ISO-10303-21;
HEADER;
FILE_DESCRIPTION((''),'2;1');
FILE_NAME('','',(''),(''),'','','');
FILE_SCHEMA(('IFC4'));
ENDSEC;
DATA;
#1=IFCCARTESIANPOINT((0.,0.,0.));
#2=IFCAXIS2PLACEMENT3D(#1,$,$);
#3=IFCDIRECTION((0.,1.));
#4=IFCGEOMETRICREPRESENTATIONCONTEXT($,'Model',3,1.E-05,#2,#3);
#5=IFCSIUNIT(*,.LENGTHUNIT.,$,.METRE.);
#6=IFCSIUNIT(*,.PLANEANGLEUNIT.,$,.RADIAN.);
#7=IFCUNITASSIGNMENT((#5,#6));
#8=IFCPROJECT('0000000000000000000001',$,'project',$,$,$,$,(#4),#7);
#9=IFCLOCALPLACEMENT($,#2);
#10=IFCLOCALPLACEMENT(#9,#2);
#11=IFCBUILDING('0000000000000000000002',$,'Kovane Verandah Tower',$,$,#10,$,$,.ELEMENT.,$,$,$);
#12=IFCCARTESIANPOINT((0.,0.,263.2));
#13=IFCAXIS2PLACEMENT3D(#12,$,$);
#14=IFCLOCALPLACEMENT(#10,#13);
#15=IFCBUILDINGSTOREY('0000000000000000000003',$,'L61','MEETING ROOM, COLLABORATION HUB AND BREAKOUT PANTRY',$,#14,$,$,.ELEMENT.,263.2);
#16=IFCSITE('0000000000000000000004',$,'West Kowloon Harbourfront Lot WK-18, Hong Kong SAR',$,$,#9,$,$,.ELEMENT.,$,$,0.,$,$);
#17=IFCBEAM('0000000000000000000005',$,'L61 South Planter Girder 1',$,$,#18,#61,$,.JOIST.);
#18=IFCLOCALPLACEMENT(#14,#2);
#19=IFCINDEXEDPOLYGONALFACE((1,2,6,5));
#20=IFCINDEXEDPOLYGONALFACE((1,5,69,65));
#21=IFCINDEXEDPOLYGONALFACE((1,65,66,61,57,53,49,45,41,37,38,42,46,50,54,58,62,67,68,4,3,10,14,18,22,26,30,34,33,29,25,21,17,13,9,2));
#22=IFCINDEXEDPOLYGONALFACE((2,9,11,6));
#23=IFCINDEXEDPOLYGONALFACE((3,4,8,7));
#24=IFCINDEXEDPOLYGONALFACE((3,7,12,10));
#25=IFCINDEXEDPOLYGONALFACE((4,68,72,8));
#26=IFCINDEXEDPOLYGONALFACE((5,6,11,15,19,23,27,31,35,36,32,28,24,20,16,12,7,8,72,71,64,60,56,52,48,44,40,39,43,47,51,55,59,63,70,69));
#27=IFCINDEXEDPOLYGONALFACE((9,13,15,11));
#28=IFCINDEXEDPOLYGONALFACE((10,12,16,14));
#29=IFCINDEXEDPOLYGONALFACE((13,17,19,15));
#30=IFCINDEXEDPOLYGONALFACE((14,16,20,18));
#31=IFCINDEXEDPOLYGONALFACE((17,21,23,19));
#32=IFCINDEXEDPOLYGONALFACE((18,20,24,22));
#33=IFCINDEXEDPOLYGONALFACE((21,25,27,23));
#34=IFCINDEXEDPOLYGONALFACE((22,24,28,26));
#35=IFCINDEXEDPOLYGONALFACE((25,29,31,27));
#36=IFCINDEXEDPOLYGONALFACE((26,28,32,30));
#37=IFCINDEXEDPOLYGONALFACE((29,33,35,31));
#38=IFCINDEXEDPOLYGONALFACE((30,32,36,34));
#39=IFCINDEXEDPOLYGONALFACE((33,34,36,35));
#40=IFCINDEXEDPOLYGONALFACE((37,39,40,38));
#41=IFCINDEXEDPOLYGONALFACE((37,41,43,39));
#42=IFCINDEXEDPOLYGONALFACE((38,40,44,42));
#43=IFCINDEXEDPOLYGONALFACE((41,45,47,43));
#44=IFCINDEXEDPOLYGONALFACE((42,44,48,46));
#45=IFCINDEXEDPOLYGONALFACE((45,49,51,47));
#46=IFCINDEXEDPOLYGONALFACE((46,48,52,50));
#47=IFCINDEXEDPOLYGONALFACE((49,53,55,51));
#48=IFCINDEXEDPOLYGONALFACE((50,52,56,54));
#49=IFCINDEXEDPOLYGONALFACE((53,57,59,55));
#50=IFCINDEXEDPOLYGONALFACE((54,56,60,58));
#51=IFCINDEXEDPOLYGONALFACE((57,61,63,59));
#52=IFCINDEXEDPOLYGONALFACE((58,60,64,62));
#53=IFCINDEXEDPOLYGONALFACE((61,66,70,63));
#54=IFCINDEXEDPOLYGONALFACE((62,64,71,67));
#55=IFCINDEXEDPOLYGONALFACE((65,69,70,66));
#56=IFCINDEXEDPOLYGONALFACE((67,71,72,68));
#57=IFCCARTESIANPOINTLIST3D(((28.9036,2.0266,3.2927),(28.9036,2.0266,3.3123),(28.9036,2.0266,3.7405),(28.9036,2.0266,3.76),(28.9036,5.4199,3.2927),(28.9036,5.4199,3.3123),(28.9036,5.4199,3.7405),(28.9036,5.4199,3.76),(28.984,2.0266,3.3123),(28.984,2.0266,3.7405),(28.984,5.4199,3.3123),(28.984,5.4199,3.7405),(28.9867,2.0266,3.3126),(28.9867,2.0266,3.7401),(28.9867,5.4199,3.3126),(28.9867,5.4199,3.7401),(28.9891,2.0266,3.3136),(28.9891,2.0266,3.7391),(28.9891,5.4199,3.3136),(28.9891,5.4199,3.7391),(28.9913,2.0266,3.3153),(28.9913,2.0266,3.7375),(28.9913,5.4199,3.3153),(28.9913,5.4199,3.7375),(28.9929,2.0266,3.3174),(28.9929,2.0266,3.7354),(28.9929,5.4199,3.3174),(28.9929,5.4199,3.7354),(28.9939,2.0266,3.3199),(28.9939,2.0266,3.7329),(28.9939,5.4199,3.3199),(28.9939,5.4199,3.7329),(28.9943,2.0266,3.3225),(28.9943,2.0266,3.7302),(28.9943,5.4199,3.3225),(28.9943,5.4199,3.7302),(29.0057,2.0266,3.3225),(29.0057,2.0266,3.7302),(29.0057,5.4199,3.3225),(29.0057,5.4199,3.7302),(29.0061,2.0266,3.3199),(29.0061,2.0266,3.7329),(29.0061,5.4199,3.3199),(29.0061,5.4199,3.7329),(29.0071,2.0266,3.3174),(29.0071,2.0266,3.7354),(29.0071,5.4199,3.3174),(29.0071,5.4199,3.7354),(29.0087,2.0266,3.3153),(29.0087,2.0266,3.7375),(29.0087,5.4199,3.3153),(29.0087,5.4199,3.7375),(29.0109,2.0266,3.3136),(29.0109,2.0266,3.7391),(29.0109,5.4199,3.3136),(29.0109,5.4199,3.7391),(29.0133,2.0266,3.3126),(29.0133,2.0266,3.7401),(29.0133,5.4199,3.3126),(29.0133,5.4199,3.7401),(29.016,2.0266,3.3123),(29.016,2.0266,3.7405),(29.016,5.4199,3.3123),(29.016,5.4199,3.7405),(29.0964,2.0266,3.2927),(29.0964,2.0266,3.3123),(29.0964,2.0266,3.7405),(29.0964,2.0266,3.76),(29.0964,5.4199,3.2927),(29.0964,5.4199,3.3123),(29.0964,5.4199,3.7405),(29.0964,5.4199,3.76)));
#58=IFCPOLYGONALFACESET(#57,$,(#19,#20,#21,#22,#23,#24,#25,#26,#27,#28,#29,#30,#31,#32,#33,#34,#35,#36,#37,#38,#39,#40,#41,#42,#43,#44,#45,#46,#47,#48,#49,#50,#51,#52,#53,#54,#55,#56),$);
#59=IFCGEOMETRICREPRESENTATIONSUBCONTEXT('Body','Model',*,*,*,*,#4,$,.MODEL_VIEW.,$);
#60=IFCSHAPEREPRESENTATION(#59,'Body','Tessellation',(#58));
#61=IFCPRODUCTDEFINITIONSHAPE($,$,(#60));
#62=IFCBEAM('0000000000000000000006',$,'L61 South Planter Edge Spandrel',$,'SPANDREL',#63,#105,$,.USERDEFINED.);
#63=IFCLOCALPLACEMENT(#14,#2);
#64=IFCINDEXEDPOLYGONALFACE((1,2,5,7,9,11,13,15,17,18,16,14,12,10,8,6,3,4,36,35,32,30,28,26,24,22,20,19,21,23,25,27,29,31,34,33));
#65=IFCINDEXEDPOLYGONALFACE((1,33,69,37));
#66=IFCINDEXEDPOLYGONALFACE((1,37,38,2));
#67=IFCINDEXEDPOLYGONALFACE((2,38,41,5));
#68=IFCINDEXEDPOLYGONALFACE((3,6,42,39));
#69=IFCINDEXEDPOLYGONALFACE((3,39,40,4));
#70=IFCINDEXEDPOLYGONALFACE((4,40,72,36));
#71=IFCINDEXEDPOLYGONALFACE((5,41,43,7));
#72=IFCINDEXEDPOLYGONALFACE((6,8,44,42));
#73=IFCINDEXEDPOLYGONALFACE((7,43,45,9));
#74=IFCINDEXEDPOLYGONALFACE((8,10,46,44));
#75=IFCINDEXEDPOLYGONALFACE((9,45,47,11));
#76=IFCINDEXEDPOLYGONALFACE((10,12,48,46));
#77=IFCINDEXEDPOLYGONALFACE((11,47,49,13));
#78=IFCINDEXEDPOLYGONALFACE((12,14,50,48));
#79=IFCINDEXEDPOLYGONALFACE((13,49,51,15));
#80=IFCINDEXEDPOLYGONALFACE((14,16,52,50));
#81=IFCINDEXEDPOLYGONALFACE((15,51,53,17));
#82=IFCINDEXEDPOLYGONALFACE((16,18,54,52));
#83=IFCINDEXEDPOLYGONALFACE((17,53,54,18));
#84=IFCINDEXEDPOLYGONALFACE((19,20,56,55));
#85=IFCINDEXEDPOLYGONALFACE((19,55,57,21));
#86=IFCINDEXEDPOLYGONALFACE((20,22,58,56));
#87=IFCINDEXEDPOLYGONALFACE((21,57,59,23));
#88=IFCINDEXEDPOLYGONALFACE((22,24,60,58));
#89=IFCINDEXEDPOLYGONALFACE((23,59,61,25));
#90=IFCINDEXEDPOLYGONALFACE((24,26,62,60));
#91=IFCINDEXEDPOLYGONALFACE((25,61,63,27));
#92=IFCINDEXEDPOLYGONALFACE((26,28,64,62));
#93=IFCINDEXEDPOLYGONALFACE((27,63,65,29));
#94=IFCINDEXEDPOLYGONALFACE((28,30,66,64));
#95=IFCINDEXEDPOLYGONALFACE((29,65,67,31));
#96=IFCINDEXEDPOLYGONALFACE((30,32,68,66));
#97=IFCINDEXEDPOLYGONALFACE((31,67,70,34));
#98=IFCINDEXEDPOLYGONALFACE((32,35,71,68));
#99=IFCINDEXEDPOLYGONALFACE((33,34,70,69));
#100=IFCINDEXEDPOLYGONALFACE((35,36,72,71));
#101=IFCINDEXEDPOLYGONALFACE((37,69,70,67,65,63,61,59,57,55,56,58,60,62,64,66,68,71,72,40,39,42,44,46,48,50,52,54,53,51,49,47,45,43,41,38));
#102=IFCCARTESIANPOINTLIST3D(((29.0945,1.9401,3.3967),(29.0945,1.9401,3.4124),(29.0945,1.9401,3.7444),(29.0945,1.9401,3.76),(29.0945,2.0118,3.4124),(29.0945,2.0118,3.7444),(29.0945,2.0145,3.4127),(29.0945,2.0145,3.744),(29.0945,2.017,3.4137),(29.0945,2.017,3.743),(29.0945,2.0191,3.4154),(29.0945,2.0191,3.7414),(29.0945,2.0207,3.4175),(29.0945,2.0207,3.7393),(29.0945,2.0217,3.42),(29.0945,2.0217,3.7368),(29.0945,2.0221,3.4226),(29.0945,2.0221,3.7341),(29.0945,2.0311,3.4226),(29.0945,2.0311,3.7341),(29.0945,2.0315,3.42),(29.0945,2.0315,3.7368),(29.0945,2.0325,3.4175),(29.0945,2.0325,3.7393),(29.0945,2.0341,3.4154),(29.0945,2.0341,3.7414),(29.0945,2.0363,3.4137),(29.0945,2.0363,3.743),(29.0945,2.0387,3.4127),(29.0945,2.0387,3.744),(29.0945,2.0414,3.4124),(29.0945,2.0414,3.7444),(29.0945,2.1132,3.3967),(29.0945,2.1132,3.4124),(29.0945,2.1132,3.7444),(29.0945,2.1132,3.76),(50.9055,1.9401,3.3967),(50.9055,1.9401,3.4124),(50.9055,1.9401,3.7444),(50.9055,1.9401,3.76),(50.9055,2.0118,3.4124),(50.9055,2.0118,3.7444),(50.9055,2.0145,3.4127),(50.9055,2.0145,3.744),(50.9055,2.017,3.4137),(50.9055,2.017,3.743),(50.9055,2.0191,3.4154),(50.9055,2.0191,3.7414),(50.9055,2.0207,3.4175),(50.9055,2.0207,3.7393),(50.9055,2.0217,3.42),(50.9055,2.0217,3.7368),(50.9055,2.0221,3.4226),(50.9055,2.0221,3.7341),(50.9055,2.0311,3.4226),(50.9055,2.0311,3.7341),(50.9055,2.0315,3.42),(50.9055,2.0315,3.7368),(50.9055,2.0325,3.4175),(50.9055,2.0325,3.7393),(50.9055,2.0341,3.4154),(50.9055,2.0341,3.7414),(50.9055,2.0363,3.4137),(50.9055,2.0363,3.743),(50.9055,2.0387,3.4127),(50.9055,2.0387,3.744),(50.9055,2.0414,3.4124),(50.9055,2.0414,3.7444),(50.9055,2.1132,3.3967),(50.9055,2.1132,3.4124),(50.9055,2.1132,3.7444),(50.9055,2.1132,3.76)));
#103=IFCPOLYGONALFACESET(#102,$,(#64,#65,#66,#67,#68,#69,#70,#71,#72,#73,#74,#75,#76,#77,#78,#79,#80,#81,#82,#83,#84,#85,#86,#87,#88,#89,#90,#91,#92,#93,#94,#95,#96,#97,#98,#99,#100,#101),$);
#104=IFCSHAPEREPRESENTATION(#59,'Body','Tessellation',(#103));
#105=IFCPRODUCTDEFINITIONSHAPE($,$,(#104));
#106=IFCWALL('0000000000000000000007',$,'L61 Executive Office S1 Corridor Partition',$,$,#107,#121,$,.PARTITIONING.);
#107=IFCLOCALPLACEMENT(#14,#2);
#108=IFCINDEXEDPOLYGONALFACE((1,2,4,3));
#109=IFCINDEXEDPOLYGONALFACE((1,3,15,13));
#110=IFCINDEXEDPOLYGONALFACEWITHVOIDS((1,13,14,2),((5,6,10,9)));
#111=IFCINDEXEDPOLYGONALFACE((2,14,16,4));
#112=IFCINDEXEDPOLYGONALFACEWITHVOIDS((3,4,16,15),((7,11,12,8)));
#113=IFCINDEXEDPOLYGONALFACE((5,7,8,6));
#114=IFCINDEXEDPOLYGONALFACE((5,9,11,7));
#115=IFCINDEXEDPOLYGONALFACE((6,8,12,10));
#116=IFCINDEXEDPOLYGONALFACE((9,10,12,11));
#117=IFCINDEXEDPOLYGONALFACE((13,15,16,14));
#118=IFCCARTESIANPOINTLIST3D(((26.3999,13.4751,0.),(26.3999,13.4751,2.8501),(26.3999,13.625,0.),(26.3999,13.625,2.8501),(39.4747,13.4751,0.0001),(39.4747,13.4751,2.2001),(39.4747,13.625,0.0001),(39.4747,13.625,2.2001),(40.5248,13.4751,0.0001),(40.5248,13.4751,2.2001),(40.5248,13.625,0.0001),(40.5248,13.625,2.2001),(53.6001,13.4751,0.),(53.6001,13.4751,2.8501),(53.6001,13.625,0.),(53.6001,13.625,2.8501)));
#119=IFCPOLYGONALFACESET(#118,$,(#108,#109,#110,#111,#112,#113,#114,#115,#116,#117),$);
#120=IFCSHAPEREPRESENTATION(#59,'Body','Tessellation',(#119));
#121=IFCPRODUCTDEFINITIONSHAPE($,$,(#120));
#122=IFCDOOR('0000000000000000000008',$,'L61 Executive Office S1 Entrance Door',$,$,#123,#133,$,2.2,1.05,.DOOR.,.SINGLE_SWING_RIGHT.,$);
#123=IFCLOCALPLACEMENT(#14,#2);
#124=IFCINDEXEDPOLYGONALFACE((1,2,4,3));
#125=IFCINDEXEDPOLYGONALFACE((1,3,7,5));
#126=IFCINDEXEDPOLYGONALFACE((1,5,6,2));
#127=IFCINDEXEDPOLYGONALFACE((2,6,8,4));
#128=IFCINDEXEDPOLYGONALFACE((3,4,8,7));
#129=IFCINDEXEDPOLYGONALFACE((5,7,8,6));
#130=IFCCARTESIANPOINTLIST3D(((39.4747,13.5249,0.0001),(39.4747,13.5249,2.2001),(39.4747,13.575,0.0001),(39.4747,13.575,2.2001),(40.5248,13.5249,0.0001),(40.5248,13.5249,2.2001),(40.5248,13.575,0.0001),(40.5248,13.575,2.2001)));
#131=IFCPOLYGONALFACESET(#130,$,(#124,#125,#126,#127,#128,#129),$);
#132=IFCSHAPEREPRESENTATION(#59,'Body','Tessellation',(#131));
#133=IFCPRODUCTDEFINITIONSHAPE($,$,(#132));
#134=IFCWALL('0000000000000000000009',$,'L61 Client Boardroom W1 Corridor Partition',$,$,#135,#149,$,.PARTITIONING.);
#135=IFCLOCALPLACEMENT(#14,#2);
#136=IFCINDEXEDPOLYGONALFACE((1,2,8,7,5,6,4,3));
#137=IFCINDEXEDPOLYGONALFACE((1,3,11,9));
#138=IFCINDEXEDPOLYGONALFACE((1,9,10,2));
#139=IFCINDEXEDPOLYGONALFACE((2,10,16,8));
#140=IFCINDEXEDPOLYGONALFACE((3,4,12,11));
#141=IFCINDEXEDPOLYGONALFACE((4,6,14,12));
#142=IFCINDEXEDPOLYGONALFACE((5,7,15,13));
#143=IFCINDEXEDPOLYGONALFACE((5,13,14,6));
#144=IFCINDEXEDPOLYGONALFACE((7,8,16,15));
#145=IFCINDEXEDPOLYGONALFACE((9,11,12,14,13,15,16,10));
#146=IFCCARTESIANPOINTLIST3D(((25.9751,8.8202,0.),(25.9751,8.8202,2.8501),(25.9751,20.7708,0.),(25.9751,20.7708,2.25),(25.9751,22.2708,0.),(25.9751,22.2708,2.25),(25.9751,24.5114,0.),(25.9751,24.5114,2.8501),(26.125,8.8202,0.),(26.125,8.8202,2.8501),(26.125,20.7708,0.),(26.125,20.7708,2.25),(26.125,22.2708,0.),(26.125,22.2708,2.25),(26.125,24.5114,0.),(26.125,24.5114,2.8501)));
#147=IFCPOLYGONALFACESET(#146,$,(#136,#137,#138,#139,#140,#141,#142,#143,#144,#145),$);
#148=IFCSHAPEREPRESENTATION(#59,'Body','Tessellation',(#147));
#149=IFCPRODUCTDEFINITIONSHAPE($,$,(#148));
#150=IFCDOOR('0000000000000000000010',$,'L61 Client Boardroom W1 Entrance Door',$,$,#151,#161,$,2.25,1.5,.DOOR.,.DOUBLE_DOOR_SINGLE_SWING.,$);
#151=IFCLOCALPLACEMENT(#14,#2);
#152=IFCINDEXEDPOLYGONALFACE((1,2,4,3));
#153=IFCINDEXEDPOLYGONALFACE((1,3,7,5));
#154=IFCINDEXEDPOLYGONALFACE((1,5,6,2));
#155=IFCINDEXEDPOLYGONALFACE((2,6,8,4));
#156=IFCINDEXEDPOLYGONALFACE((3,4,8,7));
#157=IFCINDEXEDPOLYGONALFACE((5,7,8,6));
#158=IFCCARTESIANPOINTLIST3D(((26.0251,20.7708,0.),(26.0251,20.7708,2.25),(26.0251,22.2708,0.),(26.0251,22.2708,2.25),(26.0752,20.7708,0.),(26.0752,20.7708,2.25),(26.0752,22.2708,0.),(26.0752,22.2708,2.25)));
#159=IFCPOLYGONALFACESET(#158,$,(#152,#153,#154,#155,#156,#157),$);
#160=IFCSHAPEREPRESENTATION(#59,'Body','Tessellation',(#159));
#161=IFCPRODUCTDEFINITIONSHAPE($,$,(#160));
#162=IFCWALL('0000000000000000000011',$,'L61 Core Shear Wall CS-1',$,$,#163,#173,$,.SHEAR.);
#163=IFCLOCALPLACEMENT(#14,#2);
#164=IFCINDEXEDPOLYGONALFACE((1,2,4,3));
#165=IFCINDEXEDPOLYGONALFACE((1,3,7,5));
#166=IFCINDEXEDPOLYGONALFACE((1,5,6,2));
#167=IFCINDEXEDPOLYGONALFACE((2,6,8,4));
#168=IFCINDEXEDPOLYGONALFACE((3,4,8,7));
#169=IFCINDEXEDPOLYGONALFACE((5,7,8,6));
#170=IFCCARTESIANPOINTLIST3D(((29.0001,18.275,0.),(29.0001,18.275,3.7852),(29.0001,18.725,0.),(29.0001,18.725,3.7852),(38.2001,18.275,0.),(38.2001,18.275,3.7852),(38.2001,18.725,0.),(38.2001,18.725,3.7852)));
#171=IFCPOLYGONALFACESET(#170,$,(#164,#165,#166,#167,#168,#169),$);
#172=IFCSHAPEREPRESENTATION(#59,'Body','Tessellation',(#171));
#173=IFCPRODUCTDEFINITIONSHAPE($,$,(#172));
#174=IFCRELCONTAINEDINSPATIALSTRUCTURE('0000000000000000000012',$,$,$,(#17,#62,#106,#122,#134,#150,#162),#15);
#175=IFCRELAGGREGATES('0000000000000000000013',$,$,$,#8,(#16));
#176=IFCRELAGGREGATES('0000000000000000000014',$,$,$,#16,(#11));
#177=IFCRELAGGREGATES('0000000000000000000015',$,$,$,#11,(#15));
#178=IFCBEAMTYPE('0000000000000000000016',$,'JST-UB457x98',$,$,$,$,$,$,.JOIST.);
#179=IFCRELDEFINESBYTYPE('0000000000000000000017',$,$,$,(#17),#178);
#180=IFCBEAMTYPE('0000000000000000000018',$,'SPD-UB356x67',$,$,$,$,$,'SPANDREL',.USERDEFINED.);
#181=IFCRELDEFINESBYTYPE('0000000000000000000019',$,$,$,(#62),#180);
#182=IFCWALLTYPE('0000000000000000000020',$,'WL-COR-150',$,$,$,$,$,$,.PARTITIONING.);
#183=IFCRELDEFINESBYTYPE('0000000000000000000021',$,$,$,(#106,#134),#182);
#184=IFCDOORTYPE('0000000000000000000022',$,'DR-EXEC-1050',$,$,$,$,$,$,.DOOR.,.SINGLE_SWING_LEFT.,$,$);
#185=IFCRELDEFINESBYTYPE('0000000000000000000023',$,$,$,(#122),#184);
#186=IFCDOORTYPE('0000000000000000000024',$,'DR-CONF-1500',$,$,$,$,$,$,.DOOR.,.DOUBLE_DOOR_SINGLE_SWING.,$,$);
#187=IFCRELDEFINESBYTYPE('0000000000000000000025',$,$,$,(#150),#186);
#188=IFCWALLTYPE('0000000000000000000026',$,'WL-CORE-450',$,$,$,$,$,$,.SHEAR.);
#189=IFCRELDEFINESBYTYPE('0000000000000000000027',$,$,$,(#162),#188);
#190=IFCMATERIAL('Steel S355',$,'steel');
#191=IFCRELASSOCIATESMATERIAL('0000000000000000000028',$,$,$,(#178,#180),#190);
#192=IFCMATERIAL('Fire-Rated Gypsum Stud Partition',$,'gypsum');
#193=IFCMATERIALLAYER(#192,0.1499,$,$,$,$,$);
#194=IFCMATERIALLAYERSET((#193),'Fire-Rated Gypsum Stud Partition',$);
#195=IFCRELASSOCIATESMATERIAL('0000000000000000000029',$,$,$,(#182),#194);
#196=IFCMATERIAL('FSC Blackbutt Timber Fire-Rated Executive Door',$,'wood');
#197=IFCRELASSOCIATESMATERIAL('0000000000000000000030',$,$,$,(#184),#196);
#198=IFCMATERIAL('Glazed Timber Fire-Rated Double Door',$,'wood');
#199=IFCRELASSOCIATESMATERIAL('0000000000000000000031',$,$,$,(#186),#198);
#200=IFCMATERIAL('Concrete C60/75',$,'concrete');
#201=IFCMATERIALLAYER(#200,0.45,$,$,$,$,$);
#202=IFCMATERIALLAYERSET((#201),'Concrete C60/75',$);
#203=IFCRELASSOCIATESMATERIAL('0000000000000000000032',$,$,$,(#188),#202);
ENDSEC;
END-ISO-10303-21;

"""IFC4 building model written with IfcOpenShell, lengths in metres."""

from ifc_helpers import new_model, si_unit, direction, frame, frame_2d, origin, origin_2d, place, context, subcontext, project, spatial, rectangle, i_section, extrude, material, layer, layer_set, material_profile, profile_set, type_object, element, fill, save


model = new_model("IFC4")

# Units and contexts
model_context = context("Model", 3, precision=1e-05, world=origin(), true_north=direction((0.0, 1.0)))
body_context = subcontext(model_context, "Body", "Model", "MODEL_VIEW")
ifc_project = project(units=[si_unit("LENGTHUNIT", "METRE"), si_unit("PLANEANGLEUNIT", "RADIAN")], contexts=[model_context])

# Site, building, storey
site_placement = place(None, origin())
site = spatial("IfcSite", under=ifc_project, at=site_placement, Name="West Kowloon Harbourfront Lot WK-18, Hong Kong SAR", CompositionType="ELEMENT", RefElevation=0.0)
building_placement = place(site_placement, origin())
building = spatial("IfcBuilding", under=site, at=building_placement, Name="Kovane Verandah Tower", CompositionType="ELEMENT")
storey_placement = place(building_placement, frame((0.0, 0.0, 263.2)))
storey = spatial("IfcBuildingStorey", under=building, at=storey_placement, Name="L61", Description="MEETING ROOM, COLLABORATION HUB AND BREAKOUT PANTRY", CompositionType="ELEMENT", Elevation=263.2)

# Shared definitions
ifc_material_1 = material(Name="Concrete C60/75", Category="concrete")

# Beams
ifc_material_2 = material(Name="Steel S355", Category="steel")
ifc_material_profile_1 = material_profile(ifc_material_2, i_section(OverallWidth=0.1929, OverallDepth=0.4673, WebThickness=0.0115, FlangeThickness=0.0195, FilletRadius=0.0103, at=origin_2d()), Name="UB457x191x98")
ifc_profile_set_1 = profile_set([ifc_material_profile_1], Name="Steel S355")
beam_type_1 = type_object("IfcBeamType", Name="JST-UB457x98", PredefinedType="JOIST", material=ifc_profile_set_1)
beam_1_placement = place(storey_placement, frame((29.0, 5.4199, 3.5264), z_axis=(0.0, -1.0, 0.0), x_axis=(1.0, 0.0, 0.0)))
element("IfcBeam", 1, at=beam_1_placement, inside=storey, type_object=beam_type_1, Name="L61 South Planter Girder 1", PredefinedType="JOIST", context=body_context, shape_type="SweptSolid", body=[
    extrude(i_section(OverallWidth=0.1929, OverallDepth=0.4673, WebThickness=0.0115, FlangeThickness=0.0195, FilletRadius=0.0103, at=origin_2d()), origin(), (0.0, 0.0, 1.0), 3.3933),
])
ifc_material_profile_2 = material_profile(ifc_material_2, i_section(OverallWidth=0.1731, OverallDepth=0.3633, WebThickness=0.009, FlangeThickness=0.0156, FilletRadius=0.0103, at=origin_2d()), Name="UB356x171x67")
ifc_profile_set_2 = profile_set([ifc_material_profile_2], Name="Steel S355")
beam_type_2 = type_object("IfcBeamType", Name="SPD-UB356x67", ElementType="SPANDREL", PredefinedType="USERDEFINED", material=ifc_profile_set_2)
beam_2_placement = place(storey_placement, frame((29.0945, 2.0266, 3.5784), z_axis=(1.0, 0.0, 0.0), x_axis=(0.0, 1.0, 0.0)))
element("IfcBeam", 2, at=beam_2_placement, inside=storey, type_object=beam_type_2, Name="L61 South Planter Edge Spandrel", ObjectType="SPANDREL", PredefinedType="USERDEFINED", context=body_context, shape_type="SweptSolid", body=[
    extrude(i_section(OverallWidth=0.1731, OverallDepth=0.3633, WebThickness=0.009, FlangeThickness=0.0156, FilletRadius=0.0103, at=origin_2d()), origin(), (0.0, 0.0, 1.0), 21.811),
])

# Walls, openings, doors
ifc_material_3 = material(Name="Fire-Rated Gypsum Stud Partition", Category="gypsum")
ifc_layer_1 = layer(ifc_material_3, 0.1499)
ifc_layer_set_1 = layer_set([ifc_layer_1], Name="Fire-Rated Gypsum Stud Partition")
wall_type_1 = type_object("IfcWallType", Name="WL-COR-150", PredefinedType="PARTITIONING", material=ifc_layer_set_1)
wall_1_placement = place(storey_placement, frame((26.3999, 13.55, 0.0), z_axis=(0.0, 0.0, 1.0), x_axis=(1.0, 0.0, 0.0)))
wall_1 = element("IfcWall", 3, at=wall_1_placement, inside=storey, type_object=wall_type_1, Name="L61 Executive Office S1 Corridor Partition", PredefinedType="PARTITIONING", context=body_context, shape_type="SweptSolid", body=[
    extrude(rectangle(XDim=27.2002, YDim=0.1499, at=frame_2d((13.6001, 0.0))), origin(), (0.0, 0.0, 1.0), 2.8501),
])
opening_1_placement = place(wall_1_placement, frame((13.075, 0.0, 0.0)))
opening_1 = element("IfcOpeningElement", 4, at=opening_1_placement, cuts=wall_1, PredefinedType="OPENING", context=body_context, shape_type="SweptSolid", body=[
    extrude(rectangle(XDim=1.05, YDim=2.2, at=frame_2d((0.5249, 1.1001))), frame((0.0, 0.075, 0.0), z_axis=(0.0, -1.0, 0.0), x_axis=(1.0, 0.0, 0.0)), (0.0, 0.0, 1.0), 0.1499),
])
ifc_material_4 = material(Name="FSC Blackbutt Timber Fire-Rated Executive Door", Category="wood")
door_type_1 = type_object("IfcDoorType", Name="DR-EXEC-1050", OperationType="SINGLE_SWING_LEFT", PredefinedType="DOOR", material=ifc_material_4)
door_1_placement = place(opening_1_placement, origin())
door_1 = element("IfcDoor", 5, at=door_1_placement, inside=storey, type_object=door_type_1, Name="L61 Executive Office S1 Entrance Door", OperationType="SINGLE_SWING_RIGHT", OverallHeight=2.2, OverallWidth=1.05, PredefinedType="DOOR", context=body_context, shape_type="SweptSolid", body=[
    extrude(rectangle(XDim=1.05, YDim=2.2, at=frame_2d((0.5249, 1.1001))), frame((0.0, 0.0249, 0.0), z_axis=(0.0, -1.0, 0.0), x_axis=(1.0, 0.0, 0.0)), (0.0, 0.0, 1.0), 0.05),
])
fill(opening_1, door_1)
wall_2_placement = place(storey_placement, frame((26.05, 8.8201, 0.0), z_axis=(0.0, 0.0, 1.0), x_axis=(0.0, 1.0, 0.0)))
wall_2 = element("IfcWall", 6, at=wall_2_placement, inside=storey, type_object=wall_type_1, Name="L61 Client Boardroom W1 Corridor Partition", PredefinedType="PARTITIONING", context=body_context, shape_type="SweptSolid", body=[
    extrude(rectangle(XDim=15.6912, YDim=0.1499, at=frame_2d((7.8457, 0.0))), origin(), (0.0, 0.0, 1.0), 2.8501),
])
opening_2_placement = place(wall_2_placement, frame((11.9507, 0.0, 0.0)))
opening_2 = element("IfcOpeningElement", 7, at=opening_2_placement, cuts=wall_2, PredefinedType="OPENING", context=body_context, shape_type="SweptSolid", body=[
    extrude(rectangle(XDim=1.5, YDim=2.25, at=frame_2d((0.75, 1.125))), frame((0.0, 0.075, 0.0), z_axis=(0.0, -1.0, 0.0), x_axis=(1.0, 0.0, 0.0)), (0.0, 0.0, 1.0), 0.1499),
])
ifc_material_5 = material(Name="Glazed Timber Fire-Rated Double Door", Category="wood")
door_type_2 = type_object("IfcDoorType", Name="DR-CONF-1500", OperationType="DOUBLE_DOOR_SINGLE_SWING", PredefinedType="DOOR", material=ifc_material_5)
door_2_placement = place(opening_2_placement, origin())
door_2 = element("IfcDoor", 8, at=door_2_placement, inside=storey, type_object=door_type_2, Name="L61 Client Boardroom W1 Entrance Door", OperationType="DOUBLE_DOOR_SINGLE_SWING", OverallHeight=2.25, OverallWidth=1.5, PredefinedType="DOOR", context=body_context, shape_type="SweptSolid", body=[
    extrude(rectangle(XDim=1.5, YDim=2.25, at=frame_2d((0.75, 1.125))), frame((0.0, 0.0249, 0.0), z_axis=(0.0, -1.0, 0.0), x_axis=(1.0, 0.0, 0.0)), (0.0, 0.0, 1.0), 0.05),
])
fill(opening_2, door_2)

# Wall
ifc_layer_2 = layer(ifc_material_1, 0.45)
ifc_layer_set_2 = layer_set([ifc_layer_2], Name="Concrete C60/75")
wall_type_2 = type_object("IfcWallType", Name="WL-CORE-450", PredefinedType="SHEAR", material=ifc_layer_set_2)
wall_3_placement = place(storey_placement, frame((29.0, 18.5, 0.0), z_axis=(0.0, 0.0, 1.0), x_axis=(1.0, 0.0, 0.0)))
element("IfcWall", 9, at=wall_3_placement, inside=storey, type_object=wall_type_2, Name="L61 Core Shear Wall CS-1", PredefinedType="SHEAR", context=body_context, shape_type="SweptSolid", body=[
    extrude(rectangle(XDim=9.2, YDim=0.45, at=frame_2d((4.6001, 0.0))), origin(), (0.0, 0.0, 1.0), 3.7852),
])

save(model, "model.ifc")
